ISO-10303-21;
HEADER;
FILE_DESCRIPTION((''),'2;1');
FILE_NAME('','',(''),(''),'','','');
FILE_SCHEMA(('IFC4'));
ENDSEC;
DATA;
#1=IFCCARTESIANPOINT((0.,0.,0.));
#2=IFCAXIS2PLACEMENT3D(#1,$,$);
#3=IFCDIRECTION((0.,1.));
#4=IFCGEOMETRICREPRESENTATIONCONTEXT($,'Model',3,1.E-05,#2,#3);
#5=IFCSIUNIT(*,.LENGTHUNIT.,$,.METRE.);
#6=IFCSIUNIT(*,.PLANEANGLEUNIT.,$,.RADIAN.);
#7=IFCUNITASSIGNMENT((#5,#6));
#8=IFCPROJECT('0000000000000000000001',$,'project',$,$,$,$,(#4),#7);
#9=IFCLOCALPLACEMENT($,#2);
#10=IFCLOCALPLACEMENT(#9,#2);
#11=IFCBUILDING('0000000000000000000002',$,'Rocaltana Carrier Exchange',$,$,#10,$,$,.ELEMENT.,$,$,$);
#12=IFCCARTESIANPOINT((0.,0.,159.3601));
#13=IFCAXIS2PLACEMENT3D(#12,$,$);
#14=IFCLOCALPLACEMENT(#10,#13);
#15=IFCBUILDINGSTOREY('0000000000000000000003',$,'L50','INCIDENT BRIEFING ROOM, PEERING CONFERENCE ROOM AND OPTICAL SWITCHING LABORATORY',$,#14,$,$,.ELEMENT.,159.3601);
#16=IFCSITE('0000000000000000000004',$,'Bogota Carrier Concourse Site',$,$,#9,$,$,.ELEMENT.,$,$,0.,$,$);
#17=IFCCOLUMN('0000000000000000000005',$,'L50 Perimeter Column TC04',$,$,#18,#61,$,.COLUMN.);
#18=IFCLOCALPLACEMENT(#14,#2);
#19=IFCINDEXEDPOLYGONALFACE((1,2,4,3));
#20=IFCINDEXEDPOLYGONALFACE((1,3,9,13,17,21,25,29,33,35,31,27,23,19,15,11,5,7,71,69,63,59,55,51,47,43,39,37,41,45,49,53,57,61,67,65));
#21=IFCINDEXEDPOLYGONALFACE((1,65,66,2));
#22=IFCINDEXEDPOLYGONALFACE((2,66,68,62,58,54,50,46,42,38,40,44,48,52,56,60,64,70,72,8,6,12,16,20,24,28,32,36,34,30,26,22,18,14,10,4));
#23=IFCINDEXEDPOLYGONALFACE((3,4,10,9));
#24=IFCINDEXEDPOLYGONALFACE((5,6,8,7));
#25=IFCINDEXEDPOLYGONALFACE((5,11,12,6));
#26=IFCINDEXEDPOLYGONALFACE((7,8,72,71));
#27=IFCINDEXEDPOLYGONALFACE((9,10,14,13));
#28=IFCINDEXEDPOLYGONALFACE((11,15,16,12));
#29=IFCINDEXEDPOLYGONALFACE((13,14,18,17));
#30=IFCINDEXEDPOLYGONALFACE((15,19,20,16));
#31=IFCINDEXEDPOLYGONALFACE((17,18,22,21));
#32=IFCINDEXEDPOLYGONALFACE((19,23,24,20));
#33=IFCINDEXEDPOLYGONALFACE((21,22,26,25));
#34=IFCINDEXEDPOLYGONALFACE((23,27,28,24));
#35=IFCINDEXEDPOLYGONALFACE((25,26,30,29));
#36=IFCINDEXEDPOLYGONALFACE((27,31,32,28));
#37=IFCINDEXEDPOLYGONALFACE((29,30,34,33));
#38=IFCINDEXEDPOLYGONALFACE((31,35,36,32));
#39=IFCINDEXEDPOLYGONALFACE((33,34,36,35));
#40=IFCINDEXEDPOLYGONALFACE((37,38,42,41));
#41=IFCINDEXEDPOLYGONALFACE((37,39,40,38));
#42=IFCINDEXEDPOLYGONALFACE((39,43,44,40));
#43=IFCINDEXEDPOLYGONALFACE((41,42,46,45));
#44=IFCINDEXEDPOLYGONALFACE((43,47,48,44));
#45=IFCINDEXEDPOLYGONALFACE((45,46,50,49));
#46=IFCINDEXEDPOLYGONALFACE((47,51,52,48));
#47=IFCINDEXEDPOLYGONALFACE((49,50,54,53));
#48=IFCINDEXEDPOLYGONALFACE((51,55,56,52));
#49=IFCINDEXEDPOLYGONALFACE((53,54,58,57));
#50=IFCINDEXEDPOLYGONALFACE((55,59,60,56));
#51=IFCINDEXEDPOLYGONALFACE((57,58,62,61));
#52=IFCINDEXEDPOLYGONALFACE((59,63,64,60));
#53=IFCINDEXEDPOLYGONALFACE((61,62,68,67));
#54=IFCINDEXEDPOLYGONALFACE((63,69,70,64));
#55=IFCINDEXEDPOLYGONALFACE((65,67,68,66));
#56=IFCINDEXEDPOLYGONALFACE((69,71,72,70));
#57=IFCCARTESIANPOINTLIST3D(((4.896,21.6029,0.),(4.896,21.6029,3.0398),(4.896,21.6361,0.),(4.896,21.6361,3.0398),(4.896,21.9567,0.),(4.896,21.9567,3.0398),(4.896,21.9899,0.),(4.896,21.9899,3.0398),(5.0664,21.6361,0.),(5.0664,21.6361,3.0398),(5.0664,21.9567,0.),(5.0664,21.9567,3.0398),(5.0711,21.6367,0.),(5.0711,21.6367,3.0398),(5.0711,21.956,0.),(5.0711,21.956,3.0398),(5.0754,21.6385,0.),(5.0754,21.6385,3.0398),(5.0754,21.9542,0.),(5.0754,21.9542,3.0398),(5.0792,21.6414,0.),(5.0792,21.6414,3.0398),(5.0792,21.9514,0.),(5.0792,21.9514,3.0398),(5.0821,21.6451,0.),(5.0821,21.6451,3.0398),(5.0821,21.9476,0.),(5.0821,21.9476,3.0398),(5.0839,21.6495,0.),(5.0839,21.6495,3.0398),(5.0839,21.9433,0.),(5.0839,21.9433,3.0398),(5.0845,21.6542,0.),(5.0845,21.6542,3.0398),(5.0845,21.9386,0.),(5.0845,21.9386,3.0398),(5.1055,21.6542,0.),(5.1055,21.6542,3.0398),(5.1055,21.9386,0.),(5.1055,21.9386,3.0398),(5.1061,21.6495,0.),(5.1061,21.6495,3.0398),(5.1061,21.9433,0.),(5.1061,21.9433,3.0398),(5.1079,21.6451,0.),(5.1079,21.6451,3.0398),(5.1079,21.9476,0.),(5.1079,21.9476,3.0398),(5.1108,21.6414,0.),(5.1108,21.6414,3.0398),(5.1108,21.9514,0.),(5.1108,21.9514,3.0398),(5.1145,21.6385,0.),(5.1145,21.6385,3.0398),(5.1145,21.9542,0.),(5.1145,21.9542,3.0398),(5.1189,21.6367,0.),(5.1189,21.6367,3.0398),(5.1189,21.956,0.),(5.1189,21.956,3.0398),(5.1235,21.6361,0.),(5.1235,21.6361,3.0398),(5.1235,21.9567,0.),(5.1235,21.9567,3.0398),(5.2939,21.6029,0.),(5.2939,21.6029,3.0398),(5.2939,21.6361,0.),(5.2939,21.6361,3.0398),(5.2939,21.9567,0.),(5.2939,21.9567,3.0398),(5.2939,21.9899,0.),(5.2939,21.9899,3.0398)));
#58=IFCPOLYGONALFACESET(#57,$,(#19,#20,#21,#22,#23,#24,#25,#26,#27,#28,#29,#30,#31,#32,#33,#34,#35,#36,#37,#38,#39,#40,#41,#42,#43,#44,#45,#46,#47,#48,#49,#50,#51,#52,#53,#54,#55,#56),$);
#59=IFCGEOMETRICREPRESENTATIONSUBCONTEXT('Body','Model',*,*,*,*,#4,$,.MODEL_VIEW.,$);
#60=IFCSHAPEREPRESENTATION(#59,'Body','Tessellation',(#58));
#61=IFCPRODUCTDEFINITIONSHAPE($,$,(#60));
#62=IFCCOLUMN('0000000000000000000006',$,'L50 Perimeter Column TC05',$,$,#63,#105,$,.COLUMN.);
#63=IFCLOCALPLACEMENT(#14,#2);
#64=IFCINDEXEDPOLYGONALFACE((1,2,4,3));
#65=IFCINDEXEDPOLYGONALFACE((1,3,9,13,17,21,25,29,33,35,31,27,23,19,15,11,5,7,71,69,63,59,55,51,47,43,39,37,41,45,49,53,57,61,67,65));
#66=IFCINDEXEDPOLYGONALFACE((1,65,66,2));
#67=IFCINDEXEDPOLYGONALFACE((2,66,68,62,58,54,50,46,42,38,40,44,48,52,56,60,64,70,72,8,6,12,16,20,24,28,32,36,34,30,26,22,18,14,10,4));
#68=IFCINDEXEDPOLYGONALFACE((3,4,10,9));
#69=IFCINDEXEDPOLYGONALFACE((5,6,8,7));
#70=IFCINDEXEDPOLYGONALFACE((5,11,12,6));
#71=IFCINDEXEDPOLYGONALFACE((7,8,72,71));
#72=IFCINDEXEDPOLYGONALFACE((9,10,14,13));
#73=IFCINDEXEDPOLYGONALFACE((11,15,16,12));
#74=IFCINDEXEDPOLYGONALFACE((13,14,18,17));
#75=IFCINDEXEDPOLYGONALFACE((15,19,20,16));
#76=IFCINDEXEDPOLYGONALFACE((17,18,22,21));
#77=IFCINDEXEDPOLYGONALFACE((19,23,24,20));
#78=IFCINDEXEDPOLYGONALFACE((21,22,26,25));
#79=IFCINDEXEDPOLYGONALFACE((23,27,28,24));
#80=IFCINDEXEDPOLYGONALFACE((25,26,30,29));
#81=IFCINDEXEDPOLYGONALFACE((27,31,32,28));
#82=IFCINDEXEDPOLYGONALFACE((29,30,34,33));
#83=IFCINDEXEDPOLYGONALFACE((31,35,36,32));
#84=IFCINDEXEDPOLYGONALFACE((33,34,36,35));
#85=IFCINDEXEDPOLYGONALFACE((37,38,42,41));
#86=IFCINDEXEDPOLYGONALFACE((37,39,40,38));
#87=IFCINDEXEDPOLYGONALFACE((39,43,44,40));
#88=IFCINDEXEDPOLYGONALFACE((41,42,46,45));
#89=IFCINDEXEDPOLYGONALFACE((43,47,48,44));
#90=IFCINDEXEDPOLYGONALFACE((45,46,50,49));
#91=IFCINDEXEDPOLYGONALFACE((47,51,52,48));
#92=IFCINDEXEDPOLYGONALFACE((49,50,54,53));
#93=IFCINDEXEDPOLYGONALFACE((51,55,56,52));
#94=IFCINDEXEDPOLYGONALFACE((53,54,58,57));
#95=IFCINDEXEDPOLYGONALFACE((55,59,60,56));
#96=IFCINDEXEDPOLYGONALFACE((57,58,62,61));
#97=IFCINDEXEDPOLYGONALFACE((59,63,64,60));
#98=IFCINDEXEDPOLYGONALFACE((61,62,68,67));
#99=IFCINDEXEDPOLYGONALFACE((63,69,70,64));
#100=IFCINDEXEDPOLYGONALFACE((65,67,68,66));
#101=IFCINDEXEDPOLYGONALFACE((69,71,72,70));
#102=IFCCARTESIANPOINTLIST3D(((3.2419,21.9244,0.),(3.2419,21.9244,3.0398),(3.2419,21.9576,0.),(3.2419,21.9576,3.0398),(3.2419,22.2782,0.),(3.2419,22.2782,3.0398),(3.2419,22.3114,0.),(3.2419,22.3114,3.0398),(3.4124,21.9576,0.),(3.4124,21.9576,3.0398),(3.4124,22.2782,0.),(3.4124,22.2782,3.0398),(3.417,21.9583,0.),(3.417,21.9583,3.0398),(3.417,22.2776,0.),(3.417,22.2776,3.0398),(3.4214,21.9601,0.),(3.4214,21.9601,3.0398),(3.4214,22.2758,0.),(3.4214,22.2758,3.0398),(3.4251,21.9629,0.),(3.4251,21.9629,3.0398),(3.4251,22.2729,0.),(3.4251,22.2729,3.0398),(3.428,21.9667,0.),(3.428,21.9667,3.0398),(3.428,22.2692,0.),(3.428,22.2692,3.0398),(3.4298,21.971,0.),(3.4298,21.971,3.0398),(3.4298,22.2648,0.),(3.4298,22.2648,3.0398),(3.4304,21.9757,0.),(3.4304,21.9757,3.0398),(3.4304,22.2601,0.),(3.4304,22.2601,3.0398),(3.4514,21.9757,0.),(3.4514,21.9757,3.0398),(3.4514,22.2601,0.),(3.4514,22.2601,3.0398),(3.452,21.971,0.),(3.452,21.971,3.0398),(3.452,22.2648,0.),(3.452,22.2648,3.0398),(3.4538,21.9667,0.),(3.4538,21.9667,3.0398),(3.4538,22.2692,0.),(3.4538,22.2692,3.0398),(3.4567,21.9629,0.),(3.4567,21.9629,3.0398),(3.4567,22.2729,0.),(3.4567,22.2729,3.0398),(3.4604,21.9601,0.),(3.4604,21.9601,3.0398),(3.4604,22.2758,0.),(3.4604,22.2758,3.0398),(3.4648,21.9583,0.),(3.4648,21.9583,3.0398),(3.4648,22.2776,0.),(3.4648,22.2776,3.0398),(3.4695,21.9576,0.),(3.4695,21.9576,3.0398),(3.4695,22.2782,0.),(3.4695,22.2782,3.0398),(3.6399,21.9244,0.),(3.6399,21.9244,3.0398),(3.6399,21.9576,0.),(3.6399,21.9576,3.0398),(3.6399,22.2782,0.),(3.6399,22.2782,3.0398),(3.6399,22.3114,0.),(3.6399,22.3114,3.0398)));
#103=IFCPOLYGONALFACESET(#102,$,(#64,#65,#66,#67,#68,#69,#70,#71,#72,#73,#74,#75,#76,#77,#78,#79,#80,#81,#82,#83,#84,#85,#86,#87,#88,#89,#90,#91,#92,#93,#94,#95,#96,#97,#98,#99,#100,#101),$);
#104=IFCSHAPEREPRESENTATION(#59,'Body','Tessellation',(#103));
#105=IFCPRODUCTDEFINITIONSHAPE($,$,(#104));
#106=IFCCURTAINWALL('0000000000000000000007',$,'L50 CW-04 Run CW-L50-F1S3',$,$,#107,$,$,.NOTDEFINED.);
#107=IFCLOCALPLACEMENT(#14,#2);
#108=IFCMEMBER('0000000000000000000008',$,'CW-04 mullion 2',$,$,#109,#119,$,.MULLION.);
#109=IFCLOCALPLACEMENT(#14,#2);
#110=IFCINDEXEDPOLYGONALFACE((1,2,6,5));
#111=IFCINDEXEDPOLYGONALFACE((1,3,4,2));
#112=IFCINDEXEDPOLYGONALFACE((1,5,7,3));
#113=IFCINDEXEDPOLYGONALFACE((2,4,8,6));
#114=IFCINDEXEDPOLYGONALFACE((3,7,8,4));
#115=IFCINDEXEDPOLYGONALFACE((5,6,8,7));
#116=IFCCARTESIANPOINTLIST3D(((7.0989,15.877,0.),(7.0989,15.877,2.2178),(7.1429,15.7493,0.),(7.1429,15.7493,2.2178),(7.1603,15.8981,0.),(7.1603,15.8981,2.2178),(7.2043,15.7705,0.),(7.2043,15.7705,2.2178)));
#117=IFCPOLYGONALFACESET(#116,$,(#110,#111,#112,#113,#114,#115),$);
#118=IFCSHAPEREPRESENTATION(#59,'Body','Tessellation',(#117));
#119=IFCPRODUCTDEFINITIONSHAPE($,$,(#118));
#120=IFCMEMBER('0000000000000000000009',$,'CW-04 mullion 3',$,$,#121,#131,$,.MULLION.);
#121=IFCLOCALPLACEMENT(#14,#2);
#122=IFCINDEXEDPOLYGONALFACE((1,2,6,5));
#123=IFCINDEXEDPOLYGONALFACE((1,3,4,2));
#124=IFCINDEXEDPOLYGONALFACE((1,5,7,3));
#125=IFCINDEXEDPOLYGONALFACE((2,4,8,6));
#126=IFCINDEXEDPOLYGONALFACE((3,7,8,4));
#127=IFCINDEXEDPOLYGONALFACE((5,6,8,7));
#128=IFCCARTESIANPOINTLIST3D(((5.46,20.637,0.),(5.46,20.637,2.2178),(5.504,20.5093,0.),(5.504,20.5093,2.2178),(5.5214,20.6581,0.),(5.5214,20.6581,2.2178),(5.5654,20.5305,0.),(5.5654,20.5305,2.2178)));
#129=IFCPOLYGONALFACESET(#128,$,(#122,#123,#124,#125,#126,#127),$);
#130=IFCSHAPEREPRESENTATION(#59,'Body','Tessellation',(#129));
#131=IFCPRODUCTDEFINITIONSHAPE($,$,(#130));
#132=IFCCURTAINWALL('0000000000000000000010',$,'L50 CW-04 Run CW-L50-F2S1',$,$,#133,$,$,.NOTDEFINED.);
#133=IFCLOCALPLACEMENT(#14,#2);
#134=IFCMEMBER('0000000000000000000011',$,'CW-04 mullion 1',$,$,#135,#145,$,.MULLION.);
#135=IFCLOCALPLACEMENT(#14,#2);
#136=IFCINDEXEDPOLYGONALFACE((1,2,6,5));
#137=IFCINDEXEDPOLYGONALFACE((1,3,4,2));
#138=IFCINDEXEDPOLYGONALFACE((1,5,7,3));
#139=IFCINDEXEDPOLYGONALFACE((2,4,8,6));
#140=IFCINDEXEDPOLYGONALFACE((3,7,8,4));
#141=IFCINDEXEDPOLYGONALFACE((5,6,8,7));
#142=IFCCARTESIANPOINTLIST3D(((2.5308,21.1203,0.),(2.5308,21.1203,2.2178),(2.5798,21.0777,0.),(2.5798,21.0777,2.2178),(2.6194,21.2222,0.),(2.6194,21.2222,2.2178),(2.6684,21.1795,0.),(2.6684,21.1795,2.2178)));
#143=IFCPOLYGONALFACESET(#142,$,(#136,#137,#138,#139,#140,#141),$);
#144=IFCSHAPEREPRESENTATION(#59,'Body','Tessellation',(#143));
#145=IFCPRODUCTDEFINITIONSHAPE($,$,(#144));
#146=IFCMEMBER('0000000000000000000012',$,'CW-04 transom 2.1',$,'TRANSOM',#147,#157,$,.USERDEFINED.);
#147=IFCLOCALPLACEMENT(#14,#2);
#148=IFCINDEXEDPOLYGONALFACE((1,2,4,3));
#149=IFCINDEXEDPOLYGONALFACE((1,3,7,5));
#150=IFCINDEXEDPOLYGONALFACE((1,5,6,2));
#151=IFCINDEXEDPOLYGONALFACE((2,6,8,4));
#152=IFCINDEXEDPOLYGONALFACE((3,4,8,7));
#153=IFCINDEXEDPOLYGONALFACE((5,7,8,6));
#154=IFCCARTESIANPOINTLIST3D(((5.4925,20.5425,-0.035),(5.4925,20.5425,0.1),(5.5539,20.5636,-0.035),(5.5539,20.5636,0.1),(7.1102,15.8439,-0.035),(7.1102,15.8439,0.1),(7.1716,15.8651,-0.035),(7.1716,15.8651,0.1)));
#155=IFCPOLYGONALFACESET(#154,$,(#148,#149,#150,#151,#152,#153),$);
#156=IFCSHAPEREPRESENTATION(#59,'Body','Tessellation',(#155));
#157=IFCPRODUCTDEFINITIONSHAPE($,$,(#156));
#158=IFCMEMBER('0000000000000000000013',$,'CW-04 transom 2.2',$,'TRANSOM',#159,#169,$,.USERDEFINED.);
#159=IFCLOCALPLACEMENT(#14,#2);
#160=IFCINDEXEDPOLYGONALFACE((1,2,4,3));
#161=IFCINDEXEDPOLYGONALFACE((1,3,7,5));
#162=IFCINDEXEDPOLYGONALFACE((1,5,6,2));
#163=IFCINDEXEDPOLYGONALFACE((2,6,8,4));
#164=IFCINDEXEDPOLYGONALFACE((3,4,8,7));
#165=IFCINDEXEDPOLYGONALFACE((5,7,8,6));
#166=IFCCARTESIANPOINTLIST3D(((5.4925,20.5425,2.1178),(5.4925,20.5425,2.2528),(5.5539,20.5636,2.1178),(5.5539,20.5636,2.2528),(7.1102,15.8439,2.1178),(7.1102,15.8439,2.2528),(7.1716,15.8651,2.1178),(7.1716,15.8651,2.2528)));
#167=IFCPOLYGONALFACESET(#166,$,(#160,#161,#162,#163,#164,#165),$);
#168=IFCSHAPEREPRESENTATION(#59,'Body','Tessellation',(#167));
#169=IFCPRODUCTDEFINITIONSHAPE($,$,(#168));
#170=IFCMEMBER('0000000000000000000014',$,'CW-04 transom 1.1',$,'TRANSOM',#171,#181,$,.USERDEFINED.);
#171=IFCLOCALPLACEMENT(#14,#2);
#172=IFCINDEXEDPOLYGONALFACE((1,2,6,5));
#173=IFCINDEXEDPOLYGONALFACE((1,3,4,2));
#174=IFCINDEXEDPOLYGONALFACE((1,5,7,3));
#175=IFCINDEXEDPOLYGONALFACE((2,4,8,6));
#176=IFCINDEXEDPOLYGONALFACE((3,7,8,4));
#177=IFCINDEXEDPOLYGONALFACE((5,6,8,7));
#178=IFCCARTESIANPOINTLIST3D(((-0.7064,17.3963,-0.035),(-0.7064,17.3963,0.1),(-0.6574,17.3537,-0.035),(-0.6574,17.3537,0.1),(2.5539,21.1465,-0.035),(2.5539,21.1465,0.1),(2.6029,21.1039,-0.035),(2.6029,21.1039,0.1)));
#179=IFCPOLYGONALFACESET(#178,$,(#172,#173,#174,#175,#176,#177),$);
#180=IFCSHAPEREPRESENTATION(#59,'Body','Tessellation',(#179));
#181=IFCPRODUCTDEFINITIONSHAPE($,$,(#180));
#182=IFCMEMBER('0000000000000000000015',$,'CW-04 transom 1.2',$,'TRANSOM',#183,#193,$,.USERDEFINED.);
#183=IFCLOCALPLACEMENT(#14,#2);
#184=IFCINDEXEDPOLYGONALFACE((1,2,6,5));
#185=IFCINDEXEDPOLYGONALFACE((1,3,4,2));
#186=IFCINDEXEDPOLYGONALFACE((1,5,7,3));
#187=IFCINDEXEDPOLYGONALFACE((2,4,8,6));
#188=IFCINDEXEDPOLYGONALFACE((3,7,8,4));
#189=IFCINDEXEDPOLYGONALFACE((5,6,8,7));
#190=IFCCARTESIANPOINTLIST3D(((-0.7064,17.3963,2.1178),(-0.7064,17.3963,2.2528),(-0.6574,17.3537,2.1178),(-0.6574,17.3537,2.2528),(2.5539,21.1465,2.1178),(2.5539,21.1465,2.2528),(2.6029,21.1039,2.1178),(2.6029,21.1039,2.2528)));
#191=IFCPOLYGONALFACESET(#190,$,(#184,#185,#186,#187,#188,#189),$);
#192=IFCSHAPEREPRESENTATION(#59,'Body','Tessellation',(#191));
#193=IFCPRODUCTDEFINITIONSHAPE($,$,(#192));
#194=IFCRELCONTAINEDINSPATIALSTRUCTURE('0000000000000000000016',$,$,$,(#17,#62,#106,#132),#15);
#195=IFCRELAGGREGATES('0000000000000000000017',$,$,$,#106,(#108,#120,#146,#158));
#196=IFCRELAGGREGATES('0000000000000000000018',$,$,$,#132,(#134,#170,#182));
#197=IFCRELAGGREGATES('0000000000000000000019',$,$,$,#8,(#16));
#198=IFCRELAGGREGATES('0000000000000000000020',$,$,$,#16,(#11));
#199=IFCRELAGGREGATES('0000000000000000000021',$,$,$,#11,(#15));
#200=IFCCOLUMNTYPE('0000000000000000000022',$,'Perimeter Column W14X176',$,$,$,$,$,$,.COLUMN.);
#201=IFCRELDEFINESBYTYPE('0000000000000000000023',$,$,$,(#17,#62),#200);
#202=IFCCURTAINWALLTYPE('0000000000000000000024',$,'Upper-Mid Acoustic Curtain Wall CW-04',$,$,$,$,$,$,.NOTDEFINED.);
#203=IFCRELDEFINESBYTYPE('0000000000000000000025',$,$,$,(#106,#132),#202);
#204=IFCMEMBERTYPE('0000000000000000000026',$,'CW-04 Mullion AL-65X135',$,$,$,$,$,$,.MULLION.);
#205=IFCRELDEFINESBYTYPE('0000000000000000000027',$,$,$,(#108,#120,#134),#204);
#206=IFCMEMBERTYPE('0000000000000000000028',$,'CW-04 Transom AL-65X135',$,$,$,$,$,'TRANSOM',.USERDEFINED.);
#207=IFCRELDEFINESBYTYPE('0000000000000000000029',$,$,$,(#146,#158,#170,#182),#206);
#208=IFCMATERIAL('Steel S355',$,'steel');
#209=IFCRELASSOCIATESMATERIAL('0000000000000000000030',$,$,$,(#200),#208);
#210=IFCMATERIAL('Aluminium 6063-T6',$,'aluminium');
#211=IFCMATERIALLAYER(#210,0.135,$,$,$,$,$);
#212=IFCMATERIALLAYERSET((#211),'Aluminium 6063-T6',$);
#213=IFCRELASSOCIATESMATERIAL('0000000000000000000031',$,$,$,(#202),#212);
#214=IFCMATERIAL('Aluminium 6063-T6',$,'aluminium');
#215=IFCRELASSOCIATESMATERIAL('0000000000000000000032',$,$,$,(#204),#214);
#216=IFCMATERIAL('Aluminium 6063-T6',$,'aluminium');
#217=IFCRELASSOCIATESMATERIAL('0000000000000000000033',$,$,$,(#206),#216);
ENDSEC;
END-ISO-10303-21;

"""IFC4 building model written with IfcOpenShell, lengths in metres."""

from ifc_helpers import new_model, si_unit, direction, frame, origin, origin_2d, place, context, subcontext, project, spatial, rectangle, i_section, extrude, material, layer, layer_set, material_profile, profile_set, type_object, element, aggregate, save


model = new_model("IFC4")

# Units and contexts
model_context = context("Model", 3, precision=1e-05, world=origin(), true_north=direction((0.0, 1.0)))
body_context = subcontext(model_context, "Body", "Model", "MODEL_VIEW")
ifc_project = project(units=[si_unit("LENGTHUNIT", "METRE"), si_unit("PLANEANGLEUNIT", "RADIAN")], contexts=[model_context])

# Site, building, storey
site_placement = place(None, origin())
site = spatial("IfcSite", under=ifc_project, at=site_placement, Name="Bogota Carrier Concourse Site", CompositionType="ELEMENT", RefElevation=0.0)
building_placement = place(site_placement, origin())
building = spatial("IfcBuilding", under=site, at=building_placement, Name="Rocaltana Carrier Exchange", CompositionType="ELEMENT")
storey_placement = place(building_placement, frame((0.0, 0.0, 159.3601)))
storey = spatial("IfcBuildingStorey", under=building, at=storey_placement, Name="L50", Description="INCIDENT BRIEFING ROOM, PEERING CONFERENCE ROOM AND OPTICAL SWITCHING LABORATORY", CompositionType="ELEMENT", Elevation=159.3601)

# Columns
ifc_material_1 = material(Name="Steel S355", Category="steel")
ifc_material_profile_1 = material_profile(ifc_material_1, i_section(OverallWidth=0.3979, OverallDepth=0.387, WebThickness=0.021, FlangeThickness=0.0332, FilletRadius=0.0181, at=origin_2d()), Name="W14X176")
ifc_profile_set_1 = profile_set([ifc_material_profile_1], Name="Steel S355")
column_type = type_object("IfcColumnType", Name="Perimeter Column W14X176", PredefinedType="COLUMN", material=ifc_profile_set_1)
for number, where, z_axis, x_axis, name in (
    (1, (5.095, 21.7964, 0.0), (0.0, 0.0, 1.0), (1.0, 0.0, 0.0), "L50 Perimeter Column TC04"),
    (2, (3.4409, 22.1179, 0.0), (0.0, 0.0, 1.0), (1.0, 0.0, 0.0), "L50 Perimeter Column TC05"),
):
    element("IfcColumn", number, at=place(storey_placement, frame(where, z_axis=z_axis, x_axis=x_axis)), inside=storey, type_object=column_type, Name=name, PredefinedType="COLUMN", context=body_context, shape_type="SweptSolid", body=[
        extrude(i_section(OverallWidth=0.3979, OverallDepth=0.387, WebThickness=0.021, FlangeThickness=0.0332, FilletRadius=0.0181, at=origin_2d()), origin(), (0.0, 0.0, 1.0), 3.0398),
    ])

# Curtain wall, members
ifc_material_2 = material(Name="Aluminium 6063-T6", Category="aluminium")
ifc_layer_1 = layer(ifc_material_2, 0.135)
ifc_layer_set_1 = layer_set([ifc_layer_1], Name="Aluminium 6063-T6")
curtain_wall_type = type_object("IfcCurtainWallType", Name="Upper-Mid Acoustic Curtain Wall CW-04", PredefinedType="NOTDEFINED", material=ifc_layer_set_1)
curtain_wall_1_placement = place(storey_placement, origin())
curtain_wall_1 = element("IfcCurtainWall", 3, at=curtain_wall_1_placement, inside=storey, type_object=curtain_wall_type, Name="L50 CW-04 Run CW-L50-F1S3", PredefinedType="NOTDEFINED")
ifc_material_3 = material(Name="Aluminium 6063-T6", Category="aluminium")
ifc_material_profile_2 = material_profile(ifc_material_3, rectangle(XDim=0.0649, YDim=0.135, at=origin_2d()), Name="AL-65X135")
ifc_profile_set_2 = profile_set([ifc_material_profile_2], Name="Aluminium 6063-T6")
member_type_1 = type_object("IfcMemberType", Name="CW-04 Mullion AL-65X135", PredefinedType="MULLION", material=ifc_profile_set_2)
member_1_placement = place(storey_placement, frame((7.1516, 15.8237, 0.0), z_axis=(0.0, 0.0, 1.0), x_axis=(-0.945522, -0.325559, 0.0)))
member_1 = element("IfcMember", 4, at=member_1_placement, type_object=member_type_1, Name="CW-04 mullion 2", PredefinedType="MULLION", context=body_context, shape_type="SweptSolid", body=[
    extrude(rectangle(XDim=0.0649, YDim=0.135, at=origin_2d()), origin(), (0.0, 0.0, 1.0), 2.2178),
])
member_2_placement = place(storey_placement, frame((5.5127, 20.5837, 0.0), z_axis=(0.0, 0.0, 1.0), x_axis=(-0.945522, -0.325559, 0.0)))
member_2 = element("IfcMember", 5, at=member_2_placement, type_object=member_type_1, Name="CW-04 mullion 3", PredefinedType="MULLION", context=body_context, shape_type="SweptSolid", body=[
    extrude(rectangle(XDim=0.0649, YDim=0.135, at=origin_2d()), origin(), (0.0, 0.0, 1.0), 2.2178),
])

# Curtain wall, member
curtain_wall_2_placement = place(storey_placement, origin())
curtain_wall_2 = element("IfcCurtainWall", 6, at=curtain_wall_2_placement, inside=storey, type_object=curtain_wall_type, Name="L50 CW-04 Run CW-L50-F2S1", PredefinedType="NOTDEFINED")
member_3_placement = place(storey_placement, frame((2.5996, 21.1499, 0.0), z_axis=(0.0, 0.0, 1.0), x_axis=(0.754712, -0.656057, 0.0)))
member_3 = element("IfcMember", 7, at=member_3_placement, type_object=member_type_1, Name="CW-04 mullion 1", PredefinedType="MULLION", context=body_context, shape_type="SweptSolid", body=[
    extrude(rectangle(XDim=0.0649, YDim=0.135, at=origin_2d()), origin(), (0.0, 0.0, 1.0), 2.2178),
])

# Members
ifc_material_4 = material(Name="Aluminium 6063-T6", Category="aluminium")
ifc_material_profile_3 = material_profile(ifc_material_4, rectangle(XDim=0.0649, YDim=0.135, at=origin_2d()), Name="AL-65X135")
ifc_profile_set_3 = profile_set([ifc_material_profile_3], Name="Aluminium 6063-T6")
member_type_2 = type_object("IfcMemberType", Name="CW-04 Transom AL-65X135", ElementType="TRANSOM", PredefinedType="USERDEFINED", material=ifc_profile_set_3)
member_4_placement = place(storey_placement, frame((7.1409, 15.8545, 0.0325), z_axis=(-0.325542, 0.945527, 0.0), x_axis=(-0.945527, -0.325542, 0.0)))
member_4 = element("IfcMember", 8, at=member_4_placement, type_object=member_type_2, Name="CW-04 transom 2.1", ObjectType="TRANSOM", PredefinedType="USERDEFINED", context=body_context, shape_type="SweptSolid", body=[
    extrude(rectangle(XDim=0.0649, YDim=0.135, at=origin_2d()), origin(), (0.0, 0.0, 1.0), 4.9692),
])
member_5_placement = place(storey_placement, frame((7.1409, 15.8545, 2.1853), z_axis=(-0.325542, 0.945527, 0.0), x_axis=(-0.945527, -0.325542, 0.0)))
member_5 = element("IfcMember", 9, at=member_5_placement, type_object=member_type_2, Name="CW-04 transom 2.2", ObjectType="TRANSOM", PredefinedType="USERDEFINED", context=body_context, shape_type="SweptSolid", body=[
    extrude(rectangle(XDim=0.0649, YDim=0.135, at=origin_2d()), origin(), (0.0, 0.0, 1.0), 4.9692),
])
member_6_placement = place(storey_placement, frame((2.5784, 21.1252, 0.0325), z_axis=(-0.656084, -0.754688, 0.0), x_axis=(0.754688, -0.656084, 0.0)))
member_6 = element("IfcMember", 10, at=member_6_placement, type_object=member_type_2, Name="CW-04 transom 1.1", ObjectType="TRANSOM", PredefinedType="USERDEFINED", context=body_context, shape_type="SweptSolid", body=[
    extrude(rectangle(XDim=0.0649, YDim=0.135, at=origin_2d()), origin(), (0.0, 0.0, 1.0), 4.9692),
])
member_7_placement = place(storey_placement, frame((2.5784, 21.1252, 2.1853), z_axis=(-0.656084, -0.754688, 0.0), x_axis=(0.754688, -0.656084, 0.0)))
member_7 = element("IfcMember", 11, at=member_7_placement, type_object=member_type_2, Name="CW-04 transom 1.2", ObjectType="TRANSOM", PredefinedType="USERDEFINED", context=body_context, shape_type="SweptSolid", body=[
    extrude(rectangle(XDim=0.0649, YDim=0.135, at=origin_2d()), origin(), (0.0, 0.0, 1.0), 4.9692),
])

aggregate(curtain_wall_1, [member_1, member_2, member_4, member_5])
aggregate(curtain_wall_2, [member_3, member_6, member_7])

save(model, "model.ifc")
